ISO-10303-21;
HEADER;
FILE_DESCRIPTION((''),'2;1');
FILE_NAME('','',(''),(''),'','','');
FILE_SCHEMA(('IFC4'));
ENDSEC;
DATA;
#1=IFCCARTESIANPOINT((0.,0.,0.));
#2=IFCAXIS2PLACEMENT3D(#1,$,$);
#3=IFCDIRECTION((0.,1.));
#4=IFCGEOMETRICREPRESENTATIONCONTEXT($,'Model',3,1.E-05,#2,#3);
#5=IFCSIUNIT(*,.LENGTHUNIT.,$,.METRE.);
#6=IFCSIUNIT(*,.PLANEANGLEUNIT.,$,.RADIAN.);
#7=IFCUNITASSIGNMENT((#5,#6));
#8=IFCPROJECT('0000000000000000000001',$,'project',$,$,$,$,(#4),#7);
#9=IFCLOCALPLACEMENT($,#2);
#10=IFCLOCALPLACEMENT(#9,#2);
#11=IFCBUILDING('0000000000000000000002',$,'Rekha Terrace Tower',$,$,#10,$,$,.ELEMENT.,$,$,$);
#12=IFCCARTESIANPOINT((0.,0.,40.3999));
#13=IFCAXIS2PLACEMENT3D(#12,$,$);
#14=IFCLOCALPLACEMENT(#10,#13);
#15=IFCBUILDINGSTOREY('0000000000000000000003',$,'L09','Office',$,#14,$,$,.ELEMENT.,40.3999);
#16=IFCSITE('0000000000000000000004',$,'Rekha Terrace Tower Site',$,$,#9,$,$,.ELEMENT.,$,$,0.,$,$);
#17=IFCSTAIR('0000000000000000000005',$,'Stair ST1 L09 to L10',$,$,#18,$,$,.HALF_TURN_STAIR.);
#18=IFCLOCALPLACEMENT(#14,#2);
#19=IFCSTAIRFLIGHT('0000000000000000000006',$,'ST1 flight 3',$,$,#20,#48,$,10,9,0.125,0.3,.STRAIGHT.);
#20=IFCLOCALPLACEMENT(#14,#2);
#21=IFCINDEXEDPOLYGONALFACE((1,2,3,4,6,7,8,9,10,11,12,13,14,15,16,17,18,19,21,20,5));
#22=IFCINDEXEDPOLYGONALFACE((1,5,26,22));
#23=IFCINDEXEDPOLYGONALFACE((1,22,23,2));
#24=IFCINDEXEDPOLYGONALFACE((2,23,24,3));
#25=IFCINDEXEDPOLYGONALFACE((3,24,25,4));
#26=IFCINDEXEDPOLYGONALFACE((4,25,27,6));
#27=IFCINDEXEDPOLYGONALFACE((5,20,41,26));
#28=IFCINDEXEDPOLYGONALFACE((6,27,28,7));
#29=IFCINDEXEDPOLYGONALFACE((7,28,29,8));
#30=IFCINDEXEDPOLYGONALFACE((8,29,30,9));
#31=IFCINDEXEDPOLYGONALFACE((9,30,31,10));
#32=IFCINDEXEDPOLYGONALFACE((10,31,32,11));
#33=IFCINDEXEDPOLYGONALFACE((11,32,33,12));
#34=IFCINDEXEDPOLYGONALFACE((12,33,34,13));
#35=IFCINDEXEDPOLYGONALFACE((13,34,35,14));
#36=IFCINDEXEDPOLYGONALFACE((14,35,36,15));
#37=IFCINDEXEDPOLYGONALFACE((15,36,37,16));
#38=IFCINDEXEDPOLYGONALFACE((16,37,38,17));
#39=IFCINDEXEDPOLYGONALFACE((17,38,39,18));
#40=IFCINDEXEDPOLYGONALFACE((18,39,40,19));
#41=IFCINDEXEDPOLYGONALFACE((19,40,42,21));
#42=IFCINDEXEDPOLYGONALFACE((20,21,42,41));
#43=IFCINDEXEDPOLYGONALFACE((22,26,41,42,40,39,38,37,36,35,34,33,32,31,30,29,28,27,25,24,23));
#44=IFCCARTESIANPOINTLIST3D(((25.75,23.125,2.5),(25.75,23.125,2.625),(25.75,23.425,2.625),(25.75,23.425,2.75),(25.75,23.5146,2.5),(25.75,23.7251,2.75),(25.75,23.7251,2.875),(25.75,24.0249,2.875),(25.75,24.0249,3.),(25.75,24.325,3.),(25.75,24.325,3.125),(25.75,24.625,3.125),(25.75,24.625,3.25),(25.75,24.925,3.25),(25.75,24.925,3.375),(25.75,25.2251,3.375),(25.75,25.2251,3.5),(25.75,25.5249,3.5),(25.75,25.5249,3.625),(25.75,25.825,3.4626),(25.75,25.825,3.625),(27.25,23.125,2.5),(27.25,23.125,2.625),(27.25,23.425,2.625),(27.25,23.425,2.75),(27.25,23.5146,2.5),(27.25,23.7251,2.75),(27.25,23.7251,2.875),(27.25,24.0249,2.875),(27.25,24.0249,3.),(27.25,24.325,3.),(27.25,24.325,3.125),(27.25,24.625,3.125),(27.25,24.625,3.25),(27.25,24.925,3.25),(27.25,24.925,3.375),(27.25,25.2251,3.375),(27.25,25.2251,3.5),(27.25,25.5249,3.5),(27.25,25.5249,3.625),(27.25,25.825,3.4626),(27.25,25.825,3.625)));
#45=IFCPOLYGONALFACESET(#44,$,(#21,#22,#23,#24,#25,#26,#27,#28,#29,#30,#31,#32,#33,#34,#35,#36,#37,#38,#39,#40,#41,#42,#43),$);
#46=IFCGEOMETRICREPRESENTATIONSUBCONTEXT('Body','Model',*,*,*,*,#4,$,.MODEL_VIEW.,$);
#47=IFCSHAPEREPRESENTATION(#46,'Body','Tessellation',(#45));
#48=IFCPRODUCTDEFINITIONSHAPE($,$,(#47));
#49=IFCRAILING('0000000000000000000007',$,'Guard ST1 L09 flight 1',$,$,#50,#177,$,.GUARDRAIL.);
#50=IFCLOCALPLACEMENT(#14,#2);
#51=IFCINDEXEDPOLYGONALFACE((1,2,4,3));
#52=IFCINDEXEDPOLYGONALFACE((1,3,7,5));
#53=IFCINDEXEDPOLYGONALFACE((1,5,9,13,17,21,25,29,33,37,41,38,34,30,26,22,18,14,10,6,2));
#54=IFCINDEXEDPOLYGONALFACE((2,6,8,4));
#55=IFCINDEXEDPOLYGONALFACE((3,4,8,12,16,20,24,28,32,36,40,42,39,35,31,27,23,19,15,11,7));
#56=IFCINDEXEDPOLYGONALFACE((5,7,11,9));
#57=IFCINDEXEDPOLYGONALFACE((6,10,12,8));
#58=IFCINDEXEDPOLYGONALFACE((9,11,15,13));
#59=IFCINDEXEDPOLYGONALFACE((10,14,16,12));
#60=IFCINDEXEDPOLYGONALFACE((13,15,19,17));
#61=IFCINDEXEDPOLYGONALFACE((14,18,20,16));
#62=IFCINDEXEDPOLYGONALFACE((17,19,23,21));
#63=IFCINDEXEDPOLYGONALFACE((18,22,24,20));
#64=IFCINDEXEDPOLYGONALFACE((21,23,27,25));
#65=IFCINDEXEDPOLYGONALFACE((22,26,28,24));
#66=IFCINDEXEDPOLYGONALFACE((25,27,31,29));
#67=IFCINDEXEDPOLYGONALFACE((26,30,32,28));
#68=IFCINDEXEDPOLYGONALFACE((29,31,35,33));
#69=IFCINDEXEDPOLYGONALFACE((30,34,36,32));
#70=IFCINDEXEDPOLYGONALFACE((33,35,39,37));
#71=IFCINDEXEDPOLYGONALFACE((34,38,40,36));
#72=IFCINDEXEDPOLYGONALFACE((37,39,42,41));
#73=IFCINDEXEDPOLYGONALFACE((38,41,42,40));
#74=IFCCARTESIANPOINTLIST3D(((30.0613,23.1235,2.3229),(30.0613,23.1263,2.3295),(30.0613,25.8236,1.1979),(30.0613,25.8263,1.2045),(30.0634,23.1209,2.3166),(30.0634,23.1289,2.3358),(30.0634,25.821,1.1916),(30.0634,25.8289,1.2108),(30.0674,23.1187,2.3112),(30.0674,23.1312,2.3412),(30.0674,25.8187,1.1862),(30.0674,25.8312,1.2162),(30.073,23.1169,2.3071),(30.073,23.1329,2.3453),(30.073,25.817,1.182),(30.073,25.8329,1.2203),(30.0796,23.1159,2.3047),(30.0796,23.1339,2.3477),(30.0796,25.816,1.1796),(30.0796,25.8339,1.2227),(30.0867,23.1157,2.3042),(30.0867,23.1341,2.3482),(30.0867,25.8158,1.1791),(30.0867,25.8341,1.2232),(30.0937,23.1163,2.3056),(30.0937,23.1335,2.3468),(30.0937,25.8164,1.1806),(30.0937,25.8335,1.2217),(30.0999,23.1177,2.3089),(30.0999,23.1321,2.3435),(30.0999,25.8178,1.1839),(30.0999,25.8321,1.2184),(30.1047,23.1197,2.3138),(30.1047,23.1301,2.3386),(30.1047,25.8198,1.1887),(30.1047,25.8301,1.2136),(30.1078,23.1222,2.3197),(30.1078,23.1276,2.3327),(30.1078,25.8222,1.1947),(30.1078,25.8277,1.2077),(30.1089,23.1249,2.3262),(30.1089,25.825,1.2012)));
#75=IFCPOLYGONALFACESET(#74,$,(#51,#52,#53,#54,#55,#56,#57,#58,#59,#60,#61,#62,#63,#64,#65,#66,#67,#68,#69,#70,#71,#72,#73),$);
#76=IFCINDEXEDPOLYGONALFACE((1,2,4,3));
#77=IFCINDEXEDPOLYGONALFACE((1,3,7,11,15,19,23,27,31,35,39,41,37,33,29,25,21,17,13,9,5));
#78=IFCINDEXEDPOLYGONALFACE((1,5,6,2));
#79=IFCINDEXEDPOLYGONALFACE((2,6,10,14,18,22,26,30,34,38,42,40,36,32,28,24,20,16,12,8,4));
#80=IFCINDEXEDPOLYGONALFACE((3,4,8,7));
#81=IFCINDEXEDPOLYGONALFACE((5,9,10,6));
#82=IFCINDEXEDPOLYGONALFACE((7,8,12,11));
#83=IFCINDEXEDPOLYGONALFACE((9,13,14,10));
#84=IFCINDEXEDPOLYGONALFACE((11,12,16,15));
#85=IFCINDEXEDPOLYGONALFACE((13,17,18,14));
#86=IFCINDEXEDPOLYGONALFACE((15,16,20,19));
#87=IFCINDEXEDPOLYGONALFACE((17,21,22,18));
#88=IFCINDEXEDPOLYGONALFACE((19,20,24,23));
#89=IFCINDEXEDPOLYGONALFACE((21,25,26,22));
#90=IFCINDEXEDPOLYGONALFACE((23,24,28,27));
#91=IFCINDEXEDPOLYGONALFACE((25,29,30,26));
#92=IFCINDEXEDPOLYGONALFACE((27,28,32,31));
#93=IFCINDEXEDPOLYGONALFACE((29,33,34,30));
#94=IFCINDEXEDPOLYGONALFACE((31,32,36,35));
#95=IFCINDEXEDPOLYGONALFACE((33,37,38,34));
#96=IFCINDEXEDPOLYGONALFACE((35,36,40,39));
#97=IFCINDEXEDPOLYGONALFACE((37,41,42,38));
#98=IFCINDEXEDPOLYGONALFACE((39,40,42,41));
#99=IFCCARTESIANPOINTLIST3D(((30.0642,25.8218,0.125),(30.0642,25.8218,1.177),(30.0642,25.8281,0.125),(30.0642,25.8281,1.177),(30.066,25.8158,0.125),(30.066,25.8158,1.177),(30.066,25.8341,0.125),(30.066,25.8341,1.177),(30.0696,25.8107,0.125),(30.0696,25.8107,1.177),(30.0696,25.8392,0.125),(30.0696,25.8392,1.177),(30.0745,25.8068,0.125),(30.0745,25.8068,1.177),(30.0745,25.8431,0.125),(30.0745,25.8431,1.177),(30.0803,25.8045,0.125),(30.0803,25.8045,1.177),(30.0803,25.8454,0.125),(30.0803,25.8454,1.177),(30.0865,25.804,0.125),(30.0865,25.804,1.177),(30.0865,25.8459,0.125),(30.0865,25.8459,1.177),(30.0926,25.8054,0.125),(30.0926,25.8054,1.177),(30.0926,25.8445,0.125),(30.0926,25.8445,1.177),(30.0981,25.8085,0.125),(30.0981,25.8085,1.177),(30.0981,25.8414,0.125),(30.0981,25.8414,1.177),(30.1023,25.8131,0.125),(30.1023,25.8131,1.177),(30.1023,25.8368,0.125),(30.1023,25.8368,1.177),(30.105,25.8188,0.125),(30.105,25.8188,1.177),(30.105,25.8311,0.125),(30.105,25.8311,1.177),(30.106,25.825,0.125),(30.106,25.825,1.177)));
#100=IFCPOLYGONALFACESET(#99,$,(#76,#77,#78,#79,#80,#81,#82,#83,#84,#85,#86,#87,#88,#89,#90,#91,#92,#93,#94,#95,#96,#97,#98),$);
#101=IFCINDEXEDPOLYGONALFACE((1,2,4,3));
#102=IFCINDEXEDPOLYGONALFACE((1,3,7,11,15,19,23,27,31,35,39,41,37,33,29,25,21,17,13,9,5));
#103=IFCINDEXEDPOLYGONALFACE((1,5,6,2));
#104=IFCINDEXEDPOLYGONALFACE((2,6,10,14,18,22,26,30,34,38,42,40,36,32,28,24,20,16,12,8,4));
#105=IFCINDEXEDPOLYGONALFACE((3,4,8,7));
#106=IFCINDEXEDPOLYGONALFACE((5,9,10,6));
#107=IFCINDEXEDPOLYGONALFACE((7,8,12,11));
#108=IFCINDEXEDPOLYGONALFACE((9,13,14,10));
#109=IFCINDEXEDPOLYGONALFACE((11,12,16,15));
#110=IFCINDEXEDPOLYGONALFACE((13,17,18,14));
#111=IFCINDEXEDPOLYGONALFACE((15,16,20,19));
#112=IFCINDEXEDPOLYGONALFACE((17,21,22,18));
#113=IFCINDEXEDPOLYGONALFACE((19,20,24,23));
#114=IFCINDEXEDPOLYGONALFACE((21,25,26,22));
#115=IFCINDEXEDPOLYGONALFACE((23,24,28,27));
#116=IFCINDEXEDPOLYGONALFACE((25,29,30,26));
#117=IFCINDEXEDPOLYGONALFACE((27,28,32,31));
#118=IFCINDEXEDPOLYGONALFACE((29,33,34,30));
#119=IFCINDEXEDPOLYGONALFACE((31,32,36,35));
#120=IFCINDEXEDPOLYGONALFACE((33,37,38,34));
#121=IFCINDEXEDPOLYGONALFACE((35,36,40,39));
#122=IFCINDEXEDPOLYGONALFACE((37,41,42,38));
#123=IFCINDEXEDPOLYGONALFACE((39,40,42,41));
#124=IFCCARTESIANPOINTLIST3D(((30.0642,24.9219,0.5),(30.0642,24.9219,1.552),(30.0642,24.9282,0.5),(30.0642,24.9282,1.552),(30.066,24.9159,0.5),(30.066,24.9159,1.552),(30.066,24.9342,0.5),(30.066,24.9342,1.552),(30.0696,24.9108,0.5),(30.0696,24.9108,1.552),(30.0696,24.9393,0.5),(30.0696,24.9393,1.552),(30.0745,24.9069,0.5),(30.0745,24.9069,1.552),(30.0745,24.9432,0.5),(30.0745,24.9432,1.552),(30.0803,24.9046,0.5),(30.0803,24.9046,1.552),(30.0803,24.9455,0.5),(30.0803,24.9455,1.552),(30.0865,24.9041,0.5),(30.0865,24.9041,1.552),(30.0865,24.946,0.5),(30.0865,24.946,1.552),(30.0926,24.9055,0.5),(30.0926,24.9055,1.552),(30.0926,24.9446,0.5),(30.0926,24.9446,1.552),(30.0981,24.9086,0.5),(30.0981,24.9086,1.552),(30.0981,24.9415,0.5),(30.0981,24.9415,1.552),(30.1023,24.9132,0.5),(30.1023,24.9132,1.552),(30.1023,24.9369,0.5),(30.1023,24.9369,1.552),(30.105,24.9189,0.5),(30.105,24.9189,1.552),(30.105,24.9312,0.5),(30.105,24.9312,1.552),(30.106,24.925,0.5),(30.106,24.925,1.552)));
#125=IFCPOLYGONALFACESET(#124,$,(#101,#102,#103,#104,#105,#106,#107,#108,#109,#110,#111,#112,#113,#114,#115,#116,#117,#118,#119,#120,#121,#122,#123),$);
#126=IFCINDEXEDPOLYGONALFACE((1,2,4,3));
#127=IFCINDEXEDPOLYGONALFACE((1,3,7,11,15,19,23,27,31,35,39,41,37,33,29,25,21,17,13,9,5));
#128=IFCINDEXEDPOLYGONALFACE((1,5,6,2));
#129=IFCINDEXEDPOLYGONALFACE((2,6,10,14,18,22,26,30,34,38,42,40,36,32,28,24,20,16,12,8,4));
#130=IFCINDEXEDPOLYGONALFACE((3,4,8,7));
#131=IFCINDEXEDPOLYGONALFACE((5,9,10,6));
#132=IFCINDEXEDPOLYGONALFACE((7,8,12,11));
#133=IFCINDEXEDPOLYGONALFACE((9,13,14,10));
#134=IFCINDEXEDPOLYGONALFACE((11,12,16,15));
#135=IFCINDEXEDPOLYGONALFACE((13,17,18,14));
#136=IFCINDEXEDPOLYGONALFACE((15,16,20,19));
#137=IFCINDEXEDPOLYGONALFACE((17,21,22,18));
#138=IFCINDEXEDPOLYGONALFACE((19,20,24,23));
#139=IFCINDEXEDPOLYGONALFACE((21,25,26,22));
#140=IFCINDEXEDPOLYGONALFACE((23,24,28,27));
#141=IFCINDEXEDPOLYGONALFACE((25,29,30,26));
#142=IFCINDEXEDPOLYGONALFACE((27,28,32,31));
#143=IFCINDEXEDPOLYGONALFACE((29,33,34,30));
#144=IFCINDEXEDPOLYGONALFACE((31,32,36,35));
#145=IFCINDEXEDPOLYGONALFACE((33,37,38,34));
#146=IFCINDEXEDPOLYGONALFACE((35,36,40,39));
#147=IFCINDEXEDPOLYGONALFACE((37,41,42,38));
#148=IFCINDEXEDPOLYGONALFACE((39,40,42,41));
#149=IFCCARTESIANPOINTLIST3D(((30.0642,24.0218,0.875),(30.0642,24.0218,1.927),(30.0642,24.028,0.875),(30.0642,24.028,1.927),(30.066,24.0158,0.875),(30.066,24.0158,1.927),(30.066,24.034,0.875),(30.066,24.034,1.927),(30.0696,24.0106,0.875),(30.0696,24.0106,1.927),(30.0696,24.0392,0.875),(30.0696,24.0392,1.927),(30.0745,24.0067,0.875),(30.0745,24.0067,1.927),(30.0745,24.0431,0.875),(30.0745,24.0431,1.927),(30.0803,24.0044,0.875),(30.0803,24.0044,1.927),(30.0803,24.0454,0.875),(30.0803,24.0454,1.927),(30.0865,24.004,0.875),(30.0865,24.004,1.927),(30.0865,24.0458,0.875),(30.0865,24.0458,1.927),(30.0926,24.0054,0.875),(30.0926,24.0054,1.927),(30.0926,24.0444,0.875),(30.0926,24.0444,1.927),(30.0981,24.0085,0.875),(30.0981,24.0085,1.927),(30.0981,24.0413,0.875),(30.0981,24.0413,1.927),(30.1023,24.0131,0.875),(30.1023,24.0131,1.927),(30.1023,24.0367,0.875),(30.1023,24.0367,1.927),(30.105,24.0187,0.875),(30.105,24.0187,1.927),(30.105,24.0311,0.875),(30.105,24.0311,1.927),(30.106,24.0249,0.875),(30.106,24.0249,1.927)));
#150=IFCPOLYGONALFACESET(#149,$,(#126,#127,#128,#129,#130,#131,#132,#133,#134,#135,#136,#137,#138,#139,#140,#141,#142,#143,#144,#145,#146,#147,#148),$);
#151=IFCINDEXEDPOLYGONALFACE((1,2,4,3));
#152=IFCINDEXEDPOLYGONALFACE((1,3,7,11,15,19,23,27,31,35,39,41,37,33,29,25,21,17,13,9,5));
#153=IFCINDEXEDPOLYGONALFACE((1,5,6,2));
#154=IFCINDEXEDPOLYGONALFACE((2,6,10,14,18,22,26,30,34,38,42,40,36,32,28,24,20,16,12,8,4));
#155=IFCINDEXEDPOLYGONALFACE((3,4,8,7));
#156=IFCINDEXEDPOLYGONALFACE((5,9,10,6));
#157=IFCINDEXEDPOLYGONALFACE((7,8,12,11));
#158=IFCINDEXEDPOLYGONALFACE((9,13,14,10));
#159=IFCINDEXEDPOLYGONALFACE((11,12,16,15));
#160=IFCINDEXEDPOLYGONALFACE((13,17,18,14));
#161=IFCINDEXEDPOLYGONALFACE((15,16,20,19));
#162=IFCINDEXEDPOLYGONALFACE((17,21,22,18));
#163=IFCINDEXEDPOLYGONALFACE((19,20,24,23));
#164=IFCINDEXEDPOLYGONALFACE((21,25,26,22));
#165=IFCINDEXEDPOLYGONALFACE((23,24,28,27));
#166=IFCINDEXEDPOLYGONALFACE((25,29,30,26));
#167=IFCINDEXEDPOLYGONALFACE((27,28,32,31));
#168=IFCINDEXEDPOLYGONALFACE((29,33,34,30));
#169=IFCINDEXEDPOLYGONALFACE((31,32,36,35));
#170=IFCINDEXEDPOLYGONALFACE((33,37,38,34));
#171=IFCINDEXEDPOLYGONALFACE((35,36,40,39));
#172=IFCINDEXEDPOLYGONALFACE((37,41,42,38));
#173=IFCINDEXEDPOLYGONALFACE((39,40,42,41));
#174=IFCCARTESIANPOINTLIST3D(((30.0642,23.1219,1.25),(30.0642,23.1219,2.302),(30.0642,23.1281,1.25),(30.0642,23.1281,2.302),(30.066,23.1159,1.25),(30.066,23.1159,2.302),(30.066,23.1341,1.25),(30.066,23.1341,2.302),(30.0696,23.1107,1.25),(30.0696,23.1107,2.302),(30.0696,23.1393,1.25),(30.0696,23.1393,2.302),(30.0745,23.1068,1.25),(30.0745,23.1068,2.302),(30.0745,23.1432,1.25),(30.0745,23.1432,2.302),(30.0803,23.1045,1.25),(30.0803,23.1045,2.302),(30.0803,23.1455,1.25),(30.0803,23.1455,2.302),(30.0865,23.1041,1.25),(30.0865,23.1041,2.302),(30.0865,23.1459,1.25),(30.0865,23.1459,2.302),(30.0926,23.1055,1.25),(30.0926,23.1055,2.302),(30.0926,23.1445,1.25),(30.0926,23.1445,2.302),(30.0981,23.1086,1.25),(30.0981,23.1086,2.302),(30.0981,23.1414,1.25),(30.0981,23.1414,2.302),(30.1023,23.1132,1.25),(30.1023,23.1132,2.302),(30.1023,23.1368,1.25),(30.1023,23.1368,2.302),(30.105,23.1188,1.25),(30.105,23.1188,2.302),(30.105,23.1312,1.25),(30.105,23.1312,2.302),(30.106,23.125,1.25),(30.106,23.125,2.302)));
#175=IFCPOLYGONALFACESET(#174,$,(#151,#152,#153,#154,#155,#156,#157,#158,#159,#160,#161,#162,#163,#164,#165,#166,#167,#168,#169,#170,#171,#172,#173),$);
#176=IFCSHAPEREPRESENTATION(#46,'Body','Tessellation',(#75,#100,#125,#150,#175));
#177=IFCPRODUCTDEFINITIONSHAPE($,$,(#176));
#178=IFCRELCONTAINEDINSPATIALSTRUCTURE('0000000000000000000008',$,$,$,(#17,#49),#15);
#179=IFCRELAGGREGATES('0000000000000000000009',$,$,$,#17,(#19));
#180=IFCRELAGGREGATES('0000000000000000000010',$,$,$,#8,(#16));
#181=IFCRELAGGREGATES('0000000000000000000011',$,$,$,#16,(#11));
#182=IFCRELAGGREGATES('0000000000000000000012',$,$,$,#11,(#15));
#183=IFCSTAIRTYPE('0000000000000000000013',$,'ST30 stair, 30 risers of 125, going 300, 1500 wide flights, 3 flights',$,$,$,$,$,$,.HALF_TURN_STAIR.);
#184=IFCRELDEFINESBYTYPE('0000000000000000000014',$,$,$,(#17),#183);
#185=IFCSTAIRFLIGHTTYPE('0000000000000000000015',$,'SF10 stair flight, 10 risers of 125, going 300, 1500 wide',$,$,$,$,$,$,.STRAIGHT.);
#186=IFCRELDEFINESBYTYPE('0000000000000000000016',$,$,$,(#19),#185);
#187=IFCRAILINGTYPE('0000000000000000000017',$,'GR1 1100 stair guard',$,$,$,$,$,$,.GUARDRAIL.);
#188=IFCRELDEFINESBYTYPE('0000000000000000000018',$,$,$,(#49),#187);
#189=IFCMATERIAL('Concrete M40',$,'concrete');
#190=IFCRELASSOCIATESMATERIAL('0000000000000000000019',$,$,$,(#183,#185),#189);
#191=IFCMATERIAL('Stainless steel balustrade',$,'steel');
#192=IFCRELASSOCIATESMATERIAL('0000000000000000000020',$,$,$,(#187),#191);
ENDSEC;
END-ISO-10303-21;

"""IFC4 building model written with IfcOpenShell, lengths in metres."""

from ifc_helpers import new_model, si_unit, direction, frame, origin, origin_2d, place, context, subcontext, project, spatial, polyline, circle, outline, extrude, material, type_object, element, aggregate, save


model = new_model("IFC4")

# Units and contexts
model_context = context("Model", 3, precision=1e-05, world=origin(), true_north=direction((0.0, 1.0)))
body_context = subcontext(model_context, "Body", "Model", "MODEL_VIEW")
ifc_project = project(units=[si_unit("LENGTHUNIT", "METRE"), si_unit("PLANEANGLEUNIT", "RADIAN")], contexts=[model_context])

# Site, building, storey
site_placement = place(None, origin())
site = spatial("IfcSite", under=ifc_project, at=site_placement, Name="Rekha Terrace Tower Site", CompositionType="ELEMENT", RefElevation=0.0)
building_placement = place(site_placement, origin())
building = spatial("IfcBuilding", under=site, at=building_placement, Name="Rekha Terrace Tower", CompositionType="ELEMENT")
storey_placement = place(building_placement, frame((0.0, 0.0, 40.3999)))
storey = spatial("IfcBuildingStorey", under=building, at=storey_placement, Name="L09", Description="Office", CompositionType="ELEMENT", Elevation=40.3999)

# Stair, stair flight
ifc_material_1 = material(Name="Concrete M40", Category="concrete")
stair_type = type_object("IfcStairType", Name="ST30 stair, 30 risers of 125, going 300, 1500 wide flights, 3 flights", PredefinedType="HALF_TURN_STAIR", material=ifc_material_1)
stair_placement = place(storey_placement, origin())
stair = element("IfcStair", 1, at=stair_placement, inside=storey, type_object=stair_type, Name="Stair ST1 L09 to L10", PredefinedType="HALF_TURN_STAIR")
stair_flight_type = type_object("IfcStairFlightType", Name="SF10 stair flight, 10 risers of 125, going 300, 1500 wide", PredefinedType="STRAIGHT", material=ifc_material_1)
stair_flight_1_placement = place(storey_placement, frame((26.5, 23.125, 2.5), z_axis=(0.0, 0.0, 1.0), x_axis=(0.0, 1.0, 0.0)))
stair_flight_1 = element("IfcStairFlight", 2, at=stair_flight_1_placement, type_object=stair_flight_type, Name="ST1 flight 3", NumberOfRisers=10, NumberOfTreads=9, PredefinedType="STRAIGHT", RiserHeight=0.125, TreadLength=0.3, context=body_context, shape_type="SweptSolid", body=[
    extrude(outline(polyline([(0.0, 0.0), (0.0, 0.125), (0.3, 0.125), (0.3, 0.25), (0.6001, 0.25), (0.6001, 0.375), (0.8999, 0.375), (0.8999, 0.5), (1.2, 0.5), (1.2, 0.625), (1.5, 0.625), (1.5, 0.75), (1.8, 0.75), (1.8, 0.875), (2.1001, 0.875), (2.1001, 1.0), (2.3999, 1.0), (2.3999, 1.125), (2.7, 1.125), (2.7, 1.25), (2.7, 0.9626), (0.3896, 0.0), (0.0, 0.0)])), frame((0.0, 0.75, 0.0), z_axis=(0.0, -1.0, 0.0), x_axis=(1.0, 0.0, 0.0)), (0.0, 0.0, 1.0), 1.5),
])
aggregate(stair, [stair_flight_1])

# Railing
ifc_material_2 = material(Name="Stainless steel balustrade", Category="steel")
railing_type_1 = type_object("IfcRailingType", Name="GR1 1100 stair guard", PredefinedType="GUARDRAIL", material=ifc_material_2)
railing_1_placement = place(storey_placement, frame((30.085, 25.825, 0.125)))
element("IfcRailing", 3, at=railing_1_placement, inside=storey, type_object=railing_type_1, Name="Guard ST1 L09 flight 1", PredefinedType="GUARDRAIL", context=body_context, shape_type="SweptSolid", body=[
    extrude(circle(Radius=0.0239, at=origin_2d()), frame((0.0, 0.0, 1.0762), z_axis=(0.0, -0.923074, 0.384621), x_axis=(1.0, 0.0, 0.0)), (0.0, 0.0, 1.0), 2.925),
    extrude(circle(Radius=0.021, at=origin_2d()), origin(), (0.0, 0.0, 1.0), 1.052),
    extrude(circle(Radius=0.021, at=origin_2d()), frame((0.0, -0.8999, 0.375)), (0.0, 0.0, 1.0), 1.052),
    extrude(circle(Radius=0.021, at=origin_2d()), frame((0.0, -1.8, 0.75)), (0.0, 0.0, 1.0), 1.052),
    extrude(circle(Radius=0.021, at=origin_2d()), frame((0.0, -2.7, 1.125)), (0.0, 0.0, 1.0), 1.052),
])

save(model, "model.ifc")
